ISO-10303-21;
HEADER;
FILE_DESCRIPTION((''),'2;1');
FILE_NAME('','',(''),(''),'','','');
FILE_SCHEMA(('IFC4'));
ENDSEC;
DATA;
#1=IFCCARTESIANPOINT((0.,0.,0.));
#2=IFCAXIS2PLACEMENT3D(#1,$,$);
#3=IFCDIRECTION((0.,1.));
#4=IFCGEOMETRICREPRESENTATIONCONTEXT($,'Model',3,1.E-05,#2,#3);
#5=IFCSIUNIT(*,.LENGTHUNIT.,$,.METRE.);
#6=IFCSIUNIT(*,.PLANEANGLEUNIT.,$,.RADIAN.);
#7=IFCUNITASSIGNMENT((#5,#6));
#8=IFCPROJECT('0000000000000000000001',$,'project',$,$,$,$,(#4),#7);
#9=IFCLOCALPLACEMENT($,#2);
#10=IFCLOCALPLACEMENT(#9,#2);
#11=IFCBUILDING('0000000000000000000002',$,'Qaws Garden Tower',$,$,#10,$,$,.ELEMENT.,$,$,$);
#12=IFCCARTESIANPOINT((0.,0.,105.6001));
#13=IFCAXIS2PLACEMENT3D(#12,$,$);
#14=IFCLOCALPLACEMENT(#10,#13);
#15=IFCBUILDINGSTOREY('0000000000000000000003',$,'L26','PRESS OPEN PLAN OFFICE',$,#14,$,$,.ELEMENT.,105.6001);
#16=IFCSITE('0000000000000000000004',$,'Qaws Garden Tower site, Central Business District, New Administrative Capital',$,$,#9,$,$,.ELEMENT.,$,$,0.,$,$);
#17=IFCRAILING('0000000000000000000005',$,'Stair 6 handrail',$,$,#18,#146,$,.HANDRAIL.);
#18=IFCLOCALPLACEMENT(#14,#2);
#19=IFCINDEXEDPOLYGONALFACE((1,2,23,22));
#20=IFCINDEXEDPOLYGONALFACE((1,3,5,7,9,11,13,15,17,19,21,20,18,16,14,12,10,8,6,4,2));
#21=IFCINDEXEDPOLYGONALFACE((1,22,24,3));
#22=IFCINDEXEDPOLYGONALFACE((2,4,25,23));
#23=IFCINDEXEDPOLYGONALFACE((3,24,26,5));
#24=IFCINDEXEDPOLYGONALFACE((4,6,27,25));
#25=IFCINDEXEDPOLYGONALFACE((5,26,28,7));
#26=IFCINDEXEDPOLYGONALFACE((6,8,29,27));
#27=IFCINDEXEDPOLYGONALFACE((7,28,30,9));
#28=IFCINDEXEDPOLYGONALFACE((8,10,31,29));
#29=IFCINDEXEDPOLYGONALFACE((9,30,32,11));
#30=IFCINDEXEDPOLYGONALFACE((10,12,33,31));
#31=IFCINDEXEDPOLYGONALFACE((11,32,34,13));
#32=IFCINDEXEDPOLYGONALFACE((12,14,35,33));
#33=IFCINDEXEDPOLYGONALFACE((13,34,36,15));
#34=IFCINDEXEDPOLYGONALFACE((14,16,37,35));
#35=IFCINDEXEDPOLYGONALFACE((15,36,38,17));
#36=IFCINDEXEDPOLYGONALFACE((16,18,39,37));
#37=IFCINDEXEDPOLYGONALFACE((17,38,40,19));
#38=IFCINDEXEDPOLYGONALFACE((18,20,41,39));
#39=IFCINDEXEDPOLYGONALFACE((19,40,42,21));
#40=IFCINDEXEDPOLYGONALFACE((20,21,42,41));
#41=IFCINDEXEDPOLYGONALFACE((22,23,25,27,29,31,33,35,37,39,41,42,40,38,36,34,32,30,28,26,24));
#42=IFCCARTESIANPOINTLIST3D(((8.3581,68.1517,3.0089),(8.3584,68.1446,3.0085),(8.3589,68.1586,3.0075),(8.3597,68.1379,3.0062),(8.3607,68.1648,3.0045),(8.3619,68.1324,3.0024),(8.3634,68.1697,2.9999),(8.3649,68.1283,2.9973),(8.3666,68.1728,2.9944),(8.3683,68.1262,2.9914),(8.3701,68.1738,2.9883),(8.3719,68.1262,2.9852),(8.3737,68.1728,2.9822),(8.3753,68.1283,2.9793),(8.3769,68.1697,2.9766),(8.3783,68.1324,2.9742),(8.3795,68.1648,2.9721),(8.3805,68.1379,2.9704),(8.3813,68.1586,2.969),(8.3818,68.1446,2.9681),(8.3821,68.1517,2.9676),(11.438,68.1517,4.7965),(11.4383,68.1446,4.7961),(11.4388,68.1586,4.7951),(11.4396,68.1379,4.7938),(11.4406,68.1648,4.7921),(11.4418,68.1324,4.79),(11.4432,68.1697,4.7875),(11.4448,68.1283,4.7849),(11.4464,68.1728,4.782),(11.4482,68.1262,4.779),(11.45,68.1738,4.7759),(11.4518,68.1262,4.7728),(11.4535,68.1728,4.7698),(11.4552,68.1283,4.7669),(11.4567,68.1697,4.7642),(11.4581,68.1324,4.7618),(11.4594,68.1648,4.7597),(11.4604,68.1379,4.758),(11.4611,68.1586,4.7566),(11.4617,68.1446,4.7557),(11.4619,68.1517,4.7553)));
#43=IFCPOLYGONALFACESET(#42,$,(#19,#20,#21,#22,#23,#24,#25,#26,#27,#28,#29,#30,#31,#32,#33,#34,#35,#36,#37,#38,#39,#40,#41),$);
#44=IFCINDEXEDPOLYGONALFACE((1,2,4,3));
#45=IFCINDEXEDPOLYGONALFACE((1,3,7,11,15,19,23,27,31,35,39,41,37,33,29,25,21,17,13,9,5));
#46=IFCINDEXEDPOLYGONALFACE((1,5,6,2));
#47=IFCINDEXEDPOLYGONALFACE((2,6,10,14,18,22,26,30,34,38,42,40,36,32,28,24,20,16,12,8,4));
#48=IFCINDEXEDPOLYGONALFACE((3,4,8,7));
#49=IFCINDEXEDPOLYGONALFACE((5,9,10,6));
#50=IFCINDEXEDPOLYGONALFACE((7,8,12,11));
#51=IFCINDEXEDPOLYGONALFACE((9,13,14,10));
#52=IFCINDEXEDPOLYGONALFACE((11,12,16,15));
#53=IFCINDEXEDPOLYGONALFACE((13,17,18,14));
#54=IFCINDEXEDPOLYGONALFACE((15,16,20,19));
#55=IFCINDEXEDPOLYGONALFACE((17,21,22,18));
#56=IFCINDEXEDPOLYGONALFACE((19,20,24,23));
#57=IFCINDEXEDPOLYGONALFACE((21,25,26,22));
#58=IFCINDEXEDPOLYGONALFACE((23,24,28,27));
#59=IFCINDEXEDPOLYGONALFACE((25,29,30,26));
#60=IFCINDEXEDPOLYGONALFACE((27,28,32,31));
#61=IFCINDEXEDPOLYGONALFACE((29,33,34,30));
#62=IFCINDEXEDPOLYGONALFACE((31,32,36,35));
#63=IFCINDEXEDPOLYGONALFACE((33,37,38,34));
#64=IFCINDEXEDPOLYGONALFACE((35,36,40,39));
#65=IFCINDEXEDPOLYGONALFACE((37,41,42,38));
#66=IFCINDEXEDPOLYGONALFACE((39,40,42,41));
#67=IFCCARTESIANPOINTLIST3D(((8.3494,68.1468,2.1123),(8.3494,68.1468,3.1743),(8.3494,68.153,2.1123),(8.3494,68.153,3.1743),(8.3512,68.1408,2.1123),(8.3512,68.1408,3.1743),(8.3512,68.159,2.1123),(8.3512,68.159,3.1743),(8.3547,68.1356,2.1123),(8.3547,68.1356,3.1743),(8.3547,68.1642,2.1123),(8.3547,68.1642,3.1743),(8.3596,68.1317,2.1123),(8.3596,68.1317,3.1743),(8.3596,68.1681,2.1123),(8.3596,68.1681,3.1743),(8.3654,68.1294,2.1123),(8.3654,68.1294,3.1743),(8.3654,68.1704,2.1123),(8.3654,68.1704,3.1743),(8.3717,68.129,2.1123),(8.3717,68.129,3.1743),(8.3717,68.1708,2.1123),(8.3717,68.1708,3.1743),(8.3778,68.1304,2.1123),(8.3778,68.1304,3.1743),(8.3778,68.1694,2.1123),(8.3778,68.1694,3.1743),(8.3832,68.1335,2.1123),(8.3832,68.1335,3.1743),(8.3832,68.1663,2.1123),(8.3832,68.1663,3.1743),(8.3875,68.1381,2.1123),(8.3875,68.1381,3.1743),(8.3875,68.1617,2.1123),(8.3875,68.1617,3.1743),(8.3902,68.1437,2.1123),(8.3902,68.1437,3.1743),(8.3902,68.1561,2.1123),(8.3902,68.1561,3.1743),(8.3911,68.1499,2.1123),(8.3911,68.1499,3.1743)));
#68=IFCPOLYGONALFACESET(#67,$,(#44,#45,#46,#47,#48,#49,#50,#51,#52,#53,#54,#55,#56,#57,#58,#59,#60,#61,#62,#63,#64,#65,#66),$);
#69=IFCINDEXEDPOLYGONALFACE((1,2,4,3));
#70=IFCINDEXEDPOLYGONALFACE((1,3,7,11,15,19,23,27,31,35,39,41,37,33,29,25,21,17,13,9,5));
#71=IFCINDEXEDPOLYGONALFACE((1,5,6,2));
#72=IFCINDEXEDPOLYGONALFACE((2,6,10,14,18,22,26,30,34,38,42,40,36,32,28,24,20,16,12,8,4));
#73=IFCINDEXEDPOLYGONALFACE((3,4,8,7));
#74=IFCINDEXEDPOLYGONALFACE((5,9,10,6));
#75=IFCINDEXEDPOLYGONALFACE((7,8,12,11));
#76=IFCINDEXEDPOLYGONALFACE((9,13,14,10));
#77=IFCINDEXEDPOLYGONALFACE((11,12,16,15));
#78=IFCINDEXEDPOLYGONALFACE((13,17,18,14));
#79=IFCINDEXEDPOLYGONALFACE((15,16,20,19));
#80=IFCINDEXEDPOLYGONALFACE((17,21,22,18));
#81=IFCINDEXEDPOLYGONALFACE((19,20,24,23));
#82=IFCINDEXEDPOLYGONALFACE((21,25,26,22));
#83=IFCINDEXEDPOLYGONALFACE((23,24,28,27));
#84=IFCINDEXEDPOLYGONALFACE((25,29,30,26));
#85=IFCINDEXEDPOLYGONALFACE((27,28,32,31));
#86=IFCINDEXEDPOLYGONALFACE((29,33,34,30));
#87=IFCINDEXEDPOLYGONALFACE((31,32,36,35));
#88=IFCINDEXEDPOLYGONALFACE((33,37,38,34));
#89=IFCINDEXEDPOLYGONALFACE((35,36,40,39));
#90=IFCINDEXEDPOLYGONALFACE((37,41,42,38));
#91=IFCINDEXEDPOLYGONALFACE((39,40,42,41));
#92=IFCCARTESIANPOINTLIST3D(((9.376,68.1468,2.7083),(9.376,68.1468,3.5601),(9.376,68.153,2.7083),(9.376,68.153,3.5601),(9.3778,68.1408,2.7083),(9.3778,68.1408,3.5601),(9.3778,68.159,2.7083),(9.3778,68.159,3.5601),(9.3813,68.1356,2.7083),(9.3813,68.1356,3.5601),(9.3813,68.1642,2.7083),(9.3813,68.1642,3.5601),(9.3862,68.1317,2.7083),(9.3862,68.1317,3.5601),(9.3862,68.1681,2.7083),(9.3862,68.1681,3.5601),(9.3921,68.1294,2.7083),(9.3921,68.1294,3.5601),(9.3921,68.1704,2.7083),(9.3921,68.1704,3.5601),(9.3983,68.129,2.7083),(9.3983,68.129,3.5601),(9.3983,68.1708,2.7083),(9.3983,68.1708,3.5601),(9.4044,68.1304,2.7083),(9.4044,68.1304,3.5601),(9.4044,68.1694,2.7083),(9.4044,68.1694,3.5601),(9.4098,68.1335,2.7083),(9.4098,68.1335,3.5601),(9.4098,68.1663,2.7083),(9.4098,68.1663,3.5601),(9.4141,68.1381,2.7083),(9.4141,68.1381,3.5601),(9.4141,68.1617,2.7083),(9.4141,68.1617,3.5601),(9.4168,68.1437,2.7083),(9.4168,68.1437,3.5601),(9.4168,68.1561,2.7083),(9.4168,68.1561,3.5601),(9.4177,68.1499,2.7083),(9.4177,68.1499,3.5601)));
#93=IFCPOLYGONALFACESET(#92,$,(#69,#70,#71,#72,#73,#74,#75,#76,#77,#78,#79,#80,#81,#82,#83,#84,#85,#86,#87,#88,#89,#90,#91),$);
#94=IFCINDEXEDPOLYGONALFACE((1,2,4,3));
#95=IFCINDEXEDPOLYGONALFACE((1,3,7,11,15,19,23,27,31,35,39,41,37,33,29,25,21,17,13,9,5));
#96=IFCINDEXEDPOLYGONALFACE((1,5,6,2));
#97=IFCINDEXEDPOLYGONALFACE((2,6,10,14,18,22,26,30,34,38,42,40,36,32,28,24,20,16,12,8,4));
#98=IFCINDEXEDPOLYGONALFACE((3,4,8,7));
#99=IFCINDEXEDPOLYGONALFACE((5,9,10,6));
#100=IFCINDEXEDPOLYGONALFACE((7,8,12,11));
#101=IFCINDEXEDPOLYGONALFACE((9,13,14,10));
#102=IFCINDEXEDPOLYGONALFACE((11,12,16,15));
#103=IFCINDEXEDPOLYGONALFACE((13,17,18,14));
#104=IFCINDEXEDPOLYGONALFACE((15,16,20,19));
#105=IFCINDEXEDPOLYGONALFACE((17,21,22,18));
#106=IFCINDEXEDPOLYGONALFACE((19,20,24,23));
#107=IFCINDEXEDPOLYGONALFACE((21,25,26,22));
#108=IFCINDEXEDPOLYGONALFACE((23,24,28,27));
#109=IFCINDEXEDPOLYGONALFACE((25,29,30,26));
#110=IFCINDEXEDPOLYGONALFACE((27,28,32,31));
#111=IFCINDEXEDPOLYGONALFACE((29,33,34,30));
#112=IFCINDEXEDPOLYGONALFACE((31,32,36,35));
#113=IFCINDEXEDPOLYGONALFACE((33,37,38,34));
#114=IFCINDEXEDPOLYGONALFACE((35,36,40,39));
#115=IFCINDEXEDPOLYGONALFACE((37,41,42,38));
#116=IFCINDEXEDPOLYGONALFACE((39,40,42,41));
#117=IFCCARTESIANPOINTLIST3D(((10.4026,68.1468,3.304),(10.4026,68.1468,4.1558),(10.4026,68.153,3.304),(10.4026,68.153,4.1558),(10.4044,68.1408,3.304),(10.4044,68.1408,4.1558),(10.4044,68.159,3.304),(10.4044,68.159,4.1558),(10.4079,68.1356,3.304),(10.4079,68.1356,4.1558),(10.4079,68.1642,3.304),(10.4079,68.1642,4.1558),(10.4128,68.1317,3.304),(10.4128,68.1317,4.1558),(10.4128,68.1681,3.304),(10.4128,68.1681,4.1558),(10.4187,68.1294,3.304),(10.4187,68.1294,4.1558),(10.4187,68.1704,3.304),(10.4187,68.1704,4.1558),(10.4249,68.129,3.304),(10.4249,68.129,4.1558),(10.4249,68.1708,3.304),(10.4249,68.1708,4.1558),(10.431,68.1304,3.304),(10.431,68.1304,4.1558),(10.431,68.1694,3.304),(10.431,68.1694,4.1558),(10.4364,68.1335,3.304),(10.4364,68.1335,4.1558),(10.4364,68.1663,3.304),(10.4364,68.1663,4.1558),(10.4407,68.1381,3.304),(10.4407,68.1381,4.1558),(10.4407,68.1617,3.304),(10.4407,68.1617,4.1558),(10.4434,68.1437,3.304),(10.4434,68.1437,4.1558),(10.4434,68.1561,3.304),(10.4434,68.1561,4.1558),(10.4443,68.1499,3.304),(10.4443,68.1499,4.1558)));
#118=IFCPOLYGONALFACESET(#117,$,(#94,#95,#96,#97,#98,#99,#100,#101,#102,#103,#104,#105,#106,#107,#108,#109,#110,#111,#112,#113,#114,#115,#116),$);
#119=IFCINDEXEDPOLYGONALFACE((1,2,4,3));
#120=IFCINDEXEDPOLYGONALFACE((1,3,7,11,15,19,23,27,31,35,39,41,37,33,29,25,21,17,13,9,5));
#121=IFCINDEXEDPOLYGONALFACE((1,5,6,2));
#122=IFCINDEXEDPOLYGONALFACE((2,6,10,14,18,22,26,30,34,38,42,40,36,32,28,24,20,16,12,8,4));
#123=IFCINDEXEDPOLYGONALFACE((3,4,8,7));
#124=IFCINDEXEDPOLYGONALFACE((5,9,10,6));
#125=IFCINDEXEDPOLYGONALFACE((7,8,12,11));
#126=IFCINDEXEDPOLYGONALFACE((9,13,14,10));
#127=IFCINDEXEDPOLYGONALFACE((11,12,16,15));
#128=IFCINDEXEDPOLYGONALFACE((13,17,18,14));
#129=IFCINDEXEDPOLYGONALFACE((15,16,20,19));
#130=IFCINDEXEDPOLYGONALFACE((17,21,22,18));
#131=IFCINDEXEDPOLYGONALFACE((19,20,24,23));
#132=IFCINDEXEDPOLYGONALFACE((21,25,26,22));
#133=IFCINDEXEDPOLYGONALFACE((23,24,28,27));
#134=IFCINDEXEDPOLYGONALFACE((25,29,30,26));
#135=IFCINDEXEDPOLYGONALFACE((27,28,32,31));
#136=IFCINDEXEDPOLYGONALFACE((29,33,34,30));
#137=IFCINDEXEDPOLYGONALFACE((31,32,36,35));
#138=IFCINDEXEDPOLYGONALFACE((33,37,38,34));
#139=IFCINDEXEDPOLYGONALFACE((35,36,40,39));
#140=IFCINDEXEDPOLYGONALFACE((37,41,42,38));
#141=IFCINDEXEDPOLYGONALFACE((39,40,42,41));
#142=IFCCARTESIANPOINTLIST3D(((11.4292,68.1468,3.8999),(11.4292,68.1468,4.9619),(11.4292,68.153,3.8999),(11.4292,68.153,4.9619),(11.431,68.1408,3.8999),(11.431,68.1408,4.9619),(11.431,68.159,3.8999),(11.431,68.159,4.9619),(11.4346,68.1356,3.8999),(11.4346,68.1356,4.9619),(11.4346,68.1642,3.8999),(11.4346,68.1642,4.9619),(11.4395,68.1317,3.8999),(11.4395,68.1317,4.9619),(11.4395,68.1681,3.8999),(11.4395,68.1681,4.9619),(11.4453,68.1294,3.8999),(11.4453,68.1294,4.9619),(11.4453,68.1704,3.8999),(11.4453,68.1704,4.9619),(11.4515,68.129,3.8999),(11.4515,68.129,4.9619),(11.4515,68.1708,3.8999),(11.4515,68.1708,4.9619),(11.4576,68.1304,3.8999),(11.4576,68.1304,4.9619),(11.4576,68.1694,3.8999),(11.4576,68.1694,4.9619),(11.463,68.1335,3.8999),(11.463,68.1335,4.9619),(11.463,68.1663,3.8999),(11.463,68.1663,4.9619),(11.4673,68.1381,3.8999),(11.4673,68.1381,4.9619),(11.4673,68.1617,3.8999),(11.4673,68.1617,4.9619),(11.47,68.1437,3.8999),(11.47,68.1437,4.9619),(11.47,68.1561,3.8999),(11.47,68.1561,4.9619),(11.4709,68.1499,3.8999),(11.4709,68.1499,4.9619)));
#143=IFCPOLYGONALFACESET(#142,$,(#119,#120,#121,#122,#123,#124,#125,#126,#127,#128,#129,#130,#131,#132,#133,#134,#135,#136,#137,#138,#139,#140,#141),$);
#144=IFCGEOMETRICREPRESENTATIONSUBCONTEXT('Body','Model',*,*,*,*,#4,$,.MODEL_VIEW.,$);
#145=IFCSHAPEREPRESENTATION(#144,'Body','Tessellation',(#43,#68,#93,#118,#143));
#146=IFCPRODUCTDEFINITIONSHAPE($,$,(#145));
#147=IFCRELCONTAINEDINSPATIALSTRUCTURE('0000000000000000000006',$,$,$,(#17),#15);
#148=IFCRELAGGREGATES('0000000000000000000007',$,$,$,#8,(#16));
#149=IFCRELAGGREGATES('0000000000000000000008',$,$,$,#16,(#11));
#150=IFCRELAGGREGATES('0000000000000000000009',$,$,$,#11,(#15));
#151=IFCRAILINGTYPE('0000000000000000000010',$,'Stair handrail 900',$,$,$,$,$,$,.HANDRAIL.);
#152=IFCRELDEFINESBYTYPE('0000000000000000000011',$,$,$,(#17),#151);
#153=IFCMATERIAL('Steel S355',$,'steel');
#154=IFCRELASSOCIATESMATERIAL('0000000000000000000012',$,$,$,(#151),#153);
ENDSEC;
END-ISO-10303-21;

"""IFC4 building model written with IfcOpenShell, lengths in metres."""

from ifc_helpers import new_model, si_unit, direction, frame, origin, origin_2d, place, context, subcontext, project, spatial, circle, extrude, material, type_object, element, save


model = new_model("IFC4")

# Units and contexts
model_context = context("Model", 3, precision=1e-05, world=origin(), true_north=direction((0.0, 1.0)))
body_context = subcontext(model_context, "Body", "Model", "MODEL_VIEW")
ifc_project = project(units=[si_unit("LENGTHUNIT", "METRE"), si_unit("PLANEANGLEUNIT", "RADIAN")], contexts=[model_context])

# Site, building, storey
site_placement = place(None, origin())
site = spatial("IfcSite", under=ifc_project, at=site_placement, Name="Qaws Garden Tower site, Central Business District, New Administrative Capital", CompositionType="ELEMENT", RefElevation=0.0)
building_placement = place(site_placement, origin())
building = spatial("IfcBuilding", under=site, at=building_placement, Name="Qaws Garden Tower", CompositionType="ELEMENT")
storey_placement = place(building_placement, frame((0.0, 0.0, 105.6001)))
storey = spatial("IfcBuildingStorey", under=building, at=storey_placement, Name="L26", Description="PRESS OPEN PLAN OFFICE", CompositionType="ELEMENT", Elevation=105.6001)

# Railing
ifc_material_1 = material(Name="Steel S355", Category="steel")
railing_type = type_object("IfcRailingType", Name="Stair handrail 900", PredefinedType="HANDRAIL", material=ifc_material_1)
railing_1_placement = place(storey_placement, frame((8.3701, 68.1499, 2.1123)))
element("IfcRailing", 1, at=railing_1_placement, inside=storey, type_object=railing_type, Name="Stair 6 handrail", PredefinedType="HANDRAIL", context=body_context, shape_type="SweptSolid", body=[
    extrude(circle(Radius=0.0239, at=origin_2d()), frame((0.0, 0.0, 0.876), z_axis=(0.864873, 0.0, 0.50199), x_axis=(0.0, 1.0, 0.0)), (0.0, 0.0, 1.0), 3.561),
    extrude(circle(Radius=0.021, at=origin_2d()), origin(), (0.0, 0.0, 1.0), 1.062),
    extrude(circle(Radius=0.021, at=origin_2d()), frame((1.0266, 0.0, 0.5959)), (0.0, 0.0, 1.0), 0.8518),
    extrude(circle(Radius=0.021, at=origin_2d()), frame((2.0532, 0.0, 1.1917)), (0.0, 0.0, 1.0), 0.8518),
    extrude(circle(Radius=0.021, at=origin_2d()), frame((3.0798, 0.0, 1.7876)), (0.0, 0.0, 1.0), 1.062),
])

save(model, "model.ifc")
